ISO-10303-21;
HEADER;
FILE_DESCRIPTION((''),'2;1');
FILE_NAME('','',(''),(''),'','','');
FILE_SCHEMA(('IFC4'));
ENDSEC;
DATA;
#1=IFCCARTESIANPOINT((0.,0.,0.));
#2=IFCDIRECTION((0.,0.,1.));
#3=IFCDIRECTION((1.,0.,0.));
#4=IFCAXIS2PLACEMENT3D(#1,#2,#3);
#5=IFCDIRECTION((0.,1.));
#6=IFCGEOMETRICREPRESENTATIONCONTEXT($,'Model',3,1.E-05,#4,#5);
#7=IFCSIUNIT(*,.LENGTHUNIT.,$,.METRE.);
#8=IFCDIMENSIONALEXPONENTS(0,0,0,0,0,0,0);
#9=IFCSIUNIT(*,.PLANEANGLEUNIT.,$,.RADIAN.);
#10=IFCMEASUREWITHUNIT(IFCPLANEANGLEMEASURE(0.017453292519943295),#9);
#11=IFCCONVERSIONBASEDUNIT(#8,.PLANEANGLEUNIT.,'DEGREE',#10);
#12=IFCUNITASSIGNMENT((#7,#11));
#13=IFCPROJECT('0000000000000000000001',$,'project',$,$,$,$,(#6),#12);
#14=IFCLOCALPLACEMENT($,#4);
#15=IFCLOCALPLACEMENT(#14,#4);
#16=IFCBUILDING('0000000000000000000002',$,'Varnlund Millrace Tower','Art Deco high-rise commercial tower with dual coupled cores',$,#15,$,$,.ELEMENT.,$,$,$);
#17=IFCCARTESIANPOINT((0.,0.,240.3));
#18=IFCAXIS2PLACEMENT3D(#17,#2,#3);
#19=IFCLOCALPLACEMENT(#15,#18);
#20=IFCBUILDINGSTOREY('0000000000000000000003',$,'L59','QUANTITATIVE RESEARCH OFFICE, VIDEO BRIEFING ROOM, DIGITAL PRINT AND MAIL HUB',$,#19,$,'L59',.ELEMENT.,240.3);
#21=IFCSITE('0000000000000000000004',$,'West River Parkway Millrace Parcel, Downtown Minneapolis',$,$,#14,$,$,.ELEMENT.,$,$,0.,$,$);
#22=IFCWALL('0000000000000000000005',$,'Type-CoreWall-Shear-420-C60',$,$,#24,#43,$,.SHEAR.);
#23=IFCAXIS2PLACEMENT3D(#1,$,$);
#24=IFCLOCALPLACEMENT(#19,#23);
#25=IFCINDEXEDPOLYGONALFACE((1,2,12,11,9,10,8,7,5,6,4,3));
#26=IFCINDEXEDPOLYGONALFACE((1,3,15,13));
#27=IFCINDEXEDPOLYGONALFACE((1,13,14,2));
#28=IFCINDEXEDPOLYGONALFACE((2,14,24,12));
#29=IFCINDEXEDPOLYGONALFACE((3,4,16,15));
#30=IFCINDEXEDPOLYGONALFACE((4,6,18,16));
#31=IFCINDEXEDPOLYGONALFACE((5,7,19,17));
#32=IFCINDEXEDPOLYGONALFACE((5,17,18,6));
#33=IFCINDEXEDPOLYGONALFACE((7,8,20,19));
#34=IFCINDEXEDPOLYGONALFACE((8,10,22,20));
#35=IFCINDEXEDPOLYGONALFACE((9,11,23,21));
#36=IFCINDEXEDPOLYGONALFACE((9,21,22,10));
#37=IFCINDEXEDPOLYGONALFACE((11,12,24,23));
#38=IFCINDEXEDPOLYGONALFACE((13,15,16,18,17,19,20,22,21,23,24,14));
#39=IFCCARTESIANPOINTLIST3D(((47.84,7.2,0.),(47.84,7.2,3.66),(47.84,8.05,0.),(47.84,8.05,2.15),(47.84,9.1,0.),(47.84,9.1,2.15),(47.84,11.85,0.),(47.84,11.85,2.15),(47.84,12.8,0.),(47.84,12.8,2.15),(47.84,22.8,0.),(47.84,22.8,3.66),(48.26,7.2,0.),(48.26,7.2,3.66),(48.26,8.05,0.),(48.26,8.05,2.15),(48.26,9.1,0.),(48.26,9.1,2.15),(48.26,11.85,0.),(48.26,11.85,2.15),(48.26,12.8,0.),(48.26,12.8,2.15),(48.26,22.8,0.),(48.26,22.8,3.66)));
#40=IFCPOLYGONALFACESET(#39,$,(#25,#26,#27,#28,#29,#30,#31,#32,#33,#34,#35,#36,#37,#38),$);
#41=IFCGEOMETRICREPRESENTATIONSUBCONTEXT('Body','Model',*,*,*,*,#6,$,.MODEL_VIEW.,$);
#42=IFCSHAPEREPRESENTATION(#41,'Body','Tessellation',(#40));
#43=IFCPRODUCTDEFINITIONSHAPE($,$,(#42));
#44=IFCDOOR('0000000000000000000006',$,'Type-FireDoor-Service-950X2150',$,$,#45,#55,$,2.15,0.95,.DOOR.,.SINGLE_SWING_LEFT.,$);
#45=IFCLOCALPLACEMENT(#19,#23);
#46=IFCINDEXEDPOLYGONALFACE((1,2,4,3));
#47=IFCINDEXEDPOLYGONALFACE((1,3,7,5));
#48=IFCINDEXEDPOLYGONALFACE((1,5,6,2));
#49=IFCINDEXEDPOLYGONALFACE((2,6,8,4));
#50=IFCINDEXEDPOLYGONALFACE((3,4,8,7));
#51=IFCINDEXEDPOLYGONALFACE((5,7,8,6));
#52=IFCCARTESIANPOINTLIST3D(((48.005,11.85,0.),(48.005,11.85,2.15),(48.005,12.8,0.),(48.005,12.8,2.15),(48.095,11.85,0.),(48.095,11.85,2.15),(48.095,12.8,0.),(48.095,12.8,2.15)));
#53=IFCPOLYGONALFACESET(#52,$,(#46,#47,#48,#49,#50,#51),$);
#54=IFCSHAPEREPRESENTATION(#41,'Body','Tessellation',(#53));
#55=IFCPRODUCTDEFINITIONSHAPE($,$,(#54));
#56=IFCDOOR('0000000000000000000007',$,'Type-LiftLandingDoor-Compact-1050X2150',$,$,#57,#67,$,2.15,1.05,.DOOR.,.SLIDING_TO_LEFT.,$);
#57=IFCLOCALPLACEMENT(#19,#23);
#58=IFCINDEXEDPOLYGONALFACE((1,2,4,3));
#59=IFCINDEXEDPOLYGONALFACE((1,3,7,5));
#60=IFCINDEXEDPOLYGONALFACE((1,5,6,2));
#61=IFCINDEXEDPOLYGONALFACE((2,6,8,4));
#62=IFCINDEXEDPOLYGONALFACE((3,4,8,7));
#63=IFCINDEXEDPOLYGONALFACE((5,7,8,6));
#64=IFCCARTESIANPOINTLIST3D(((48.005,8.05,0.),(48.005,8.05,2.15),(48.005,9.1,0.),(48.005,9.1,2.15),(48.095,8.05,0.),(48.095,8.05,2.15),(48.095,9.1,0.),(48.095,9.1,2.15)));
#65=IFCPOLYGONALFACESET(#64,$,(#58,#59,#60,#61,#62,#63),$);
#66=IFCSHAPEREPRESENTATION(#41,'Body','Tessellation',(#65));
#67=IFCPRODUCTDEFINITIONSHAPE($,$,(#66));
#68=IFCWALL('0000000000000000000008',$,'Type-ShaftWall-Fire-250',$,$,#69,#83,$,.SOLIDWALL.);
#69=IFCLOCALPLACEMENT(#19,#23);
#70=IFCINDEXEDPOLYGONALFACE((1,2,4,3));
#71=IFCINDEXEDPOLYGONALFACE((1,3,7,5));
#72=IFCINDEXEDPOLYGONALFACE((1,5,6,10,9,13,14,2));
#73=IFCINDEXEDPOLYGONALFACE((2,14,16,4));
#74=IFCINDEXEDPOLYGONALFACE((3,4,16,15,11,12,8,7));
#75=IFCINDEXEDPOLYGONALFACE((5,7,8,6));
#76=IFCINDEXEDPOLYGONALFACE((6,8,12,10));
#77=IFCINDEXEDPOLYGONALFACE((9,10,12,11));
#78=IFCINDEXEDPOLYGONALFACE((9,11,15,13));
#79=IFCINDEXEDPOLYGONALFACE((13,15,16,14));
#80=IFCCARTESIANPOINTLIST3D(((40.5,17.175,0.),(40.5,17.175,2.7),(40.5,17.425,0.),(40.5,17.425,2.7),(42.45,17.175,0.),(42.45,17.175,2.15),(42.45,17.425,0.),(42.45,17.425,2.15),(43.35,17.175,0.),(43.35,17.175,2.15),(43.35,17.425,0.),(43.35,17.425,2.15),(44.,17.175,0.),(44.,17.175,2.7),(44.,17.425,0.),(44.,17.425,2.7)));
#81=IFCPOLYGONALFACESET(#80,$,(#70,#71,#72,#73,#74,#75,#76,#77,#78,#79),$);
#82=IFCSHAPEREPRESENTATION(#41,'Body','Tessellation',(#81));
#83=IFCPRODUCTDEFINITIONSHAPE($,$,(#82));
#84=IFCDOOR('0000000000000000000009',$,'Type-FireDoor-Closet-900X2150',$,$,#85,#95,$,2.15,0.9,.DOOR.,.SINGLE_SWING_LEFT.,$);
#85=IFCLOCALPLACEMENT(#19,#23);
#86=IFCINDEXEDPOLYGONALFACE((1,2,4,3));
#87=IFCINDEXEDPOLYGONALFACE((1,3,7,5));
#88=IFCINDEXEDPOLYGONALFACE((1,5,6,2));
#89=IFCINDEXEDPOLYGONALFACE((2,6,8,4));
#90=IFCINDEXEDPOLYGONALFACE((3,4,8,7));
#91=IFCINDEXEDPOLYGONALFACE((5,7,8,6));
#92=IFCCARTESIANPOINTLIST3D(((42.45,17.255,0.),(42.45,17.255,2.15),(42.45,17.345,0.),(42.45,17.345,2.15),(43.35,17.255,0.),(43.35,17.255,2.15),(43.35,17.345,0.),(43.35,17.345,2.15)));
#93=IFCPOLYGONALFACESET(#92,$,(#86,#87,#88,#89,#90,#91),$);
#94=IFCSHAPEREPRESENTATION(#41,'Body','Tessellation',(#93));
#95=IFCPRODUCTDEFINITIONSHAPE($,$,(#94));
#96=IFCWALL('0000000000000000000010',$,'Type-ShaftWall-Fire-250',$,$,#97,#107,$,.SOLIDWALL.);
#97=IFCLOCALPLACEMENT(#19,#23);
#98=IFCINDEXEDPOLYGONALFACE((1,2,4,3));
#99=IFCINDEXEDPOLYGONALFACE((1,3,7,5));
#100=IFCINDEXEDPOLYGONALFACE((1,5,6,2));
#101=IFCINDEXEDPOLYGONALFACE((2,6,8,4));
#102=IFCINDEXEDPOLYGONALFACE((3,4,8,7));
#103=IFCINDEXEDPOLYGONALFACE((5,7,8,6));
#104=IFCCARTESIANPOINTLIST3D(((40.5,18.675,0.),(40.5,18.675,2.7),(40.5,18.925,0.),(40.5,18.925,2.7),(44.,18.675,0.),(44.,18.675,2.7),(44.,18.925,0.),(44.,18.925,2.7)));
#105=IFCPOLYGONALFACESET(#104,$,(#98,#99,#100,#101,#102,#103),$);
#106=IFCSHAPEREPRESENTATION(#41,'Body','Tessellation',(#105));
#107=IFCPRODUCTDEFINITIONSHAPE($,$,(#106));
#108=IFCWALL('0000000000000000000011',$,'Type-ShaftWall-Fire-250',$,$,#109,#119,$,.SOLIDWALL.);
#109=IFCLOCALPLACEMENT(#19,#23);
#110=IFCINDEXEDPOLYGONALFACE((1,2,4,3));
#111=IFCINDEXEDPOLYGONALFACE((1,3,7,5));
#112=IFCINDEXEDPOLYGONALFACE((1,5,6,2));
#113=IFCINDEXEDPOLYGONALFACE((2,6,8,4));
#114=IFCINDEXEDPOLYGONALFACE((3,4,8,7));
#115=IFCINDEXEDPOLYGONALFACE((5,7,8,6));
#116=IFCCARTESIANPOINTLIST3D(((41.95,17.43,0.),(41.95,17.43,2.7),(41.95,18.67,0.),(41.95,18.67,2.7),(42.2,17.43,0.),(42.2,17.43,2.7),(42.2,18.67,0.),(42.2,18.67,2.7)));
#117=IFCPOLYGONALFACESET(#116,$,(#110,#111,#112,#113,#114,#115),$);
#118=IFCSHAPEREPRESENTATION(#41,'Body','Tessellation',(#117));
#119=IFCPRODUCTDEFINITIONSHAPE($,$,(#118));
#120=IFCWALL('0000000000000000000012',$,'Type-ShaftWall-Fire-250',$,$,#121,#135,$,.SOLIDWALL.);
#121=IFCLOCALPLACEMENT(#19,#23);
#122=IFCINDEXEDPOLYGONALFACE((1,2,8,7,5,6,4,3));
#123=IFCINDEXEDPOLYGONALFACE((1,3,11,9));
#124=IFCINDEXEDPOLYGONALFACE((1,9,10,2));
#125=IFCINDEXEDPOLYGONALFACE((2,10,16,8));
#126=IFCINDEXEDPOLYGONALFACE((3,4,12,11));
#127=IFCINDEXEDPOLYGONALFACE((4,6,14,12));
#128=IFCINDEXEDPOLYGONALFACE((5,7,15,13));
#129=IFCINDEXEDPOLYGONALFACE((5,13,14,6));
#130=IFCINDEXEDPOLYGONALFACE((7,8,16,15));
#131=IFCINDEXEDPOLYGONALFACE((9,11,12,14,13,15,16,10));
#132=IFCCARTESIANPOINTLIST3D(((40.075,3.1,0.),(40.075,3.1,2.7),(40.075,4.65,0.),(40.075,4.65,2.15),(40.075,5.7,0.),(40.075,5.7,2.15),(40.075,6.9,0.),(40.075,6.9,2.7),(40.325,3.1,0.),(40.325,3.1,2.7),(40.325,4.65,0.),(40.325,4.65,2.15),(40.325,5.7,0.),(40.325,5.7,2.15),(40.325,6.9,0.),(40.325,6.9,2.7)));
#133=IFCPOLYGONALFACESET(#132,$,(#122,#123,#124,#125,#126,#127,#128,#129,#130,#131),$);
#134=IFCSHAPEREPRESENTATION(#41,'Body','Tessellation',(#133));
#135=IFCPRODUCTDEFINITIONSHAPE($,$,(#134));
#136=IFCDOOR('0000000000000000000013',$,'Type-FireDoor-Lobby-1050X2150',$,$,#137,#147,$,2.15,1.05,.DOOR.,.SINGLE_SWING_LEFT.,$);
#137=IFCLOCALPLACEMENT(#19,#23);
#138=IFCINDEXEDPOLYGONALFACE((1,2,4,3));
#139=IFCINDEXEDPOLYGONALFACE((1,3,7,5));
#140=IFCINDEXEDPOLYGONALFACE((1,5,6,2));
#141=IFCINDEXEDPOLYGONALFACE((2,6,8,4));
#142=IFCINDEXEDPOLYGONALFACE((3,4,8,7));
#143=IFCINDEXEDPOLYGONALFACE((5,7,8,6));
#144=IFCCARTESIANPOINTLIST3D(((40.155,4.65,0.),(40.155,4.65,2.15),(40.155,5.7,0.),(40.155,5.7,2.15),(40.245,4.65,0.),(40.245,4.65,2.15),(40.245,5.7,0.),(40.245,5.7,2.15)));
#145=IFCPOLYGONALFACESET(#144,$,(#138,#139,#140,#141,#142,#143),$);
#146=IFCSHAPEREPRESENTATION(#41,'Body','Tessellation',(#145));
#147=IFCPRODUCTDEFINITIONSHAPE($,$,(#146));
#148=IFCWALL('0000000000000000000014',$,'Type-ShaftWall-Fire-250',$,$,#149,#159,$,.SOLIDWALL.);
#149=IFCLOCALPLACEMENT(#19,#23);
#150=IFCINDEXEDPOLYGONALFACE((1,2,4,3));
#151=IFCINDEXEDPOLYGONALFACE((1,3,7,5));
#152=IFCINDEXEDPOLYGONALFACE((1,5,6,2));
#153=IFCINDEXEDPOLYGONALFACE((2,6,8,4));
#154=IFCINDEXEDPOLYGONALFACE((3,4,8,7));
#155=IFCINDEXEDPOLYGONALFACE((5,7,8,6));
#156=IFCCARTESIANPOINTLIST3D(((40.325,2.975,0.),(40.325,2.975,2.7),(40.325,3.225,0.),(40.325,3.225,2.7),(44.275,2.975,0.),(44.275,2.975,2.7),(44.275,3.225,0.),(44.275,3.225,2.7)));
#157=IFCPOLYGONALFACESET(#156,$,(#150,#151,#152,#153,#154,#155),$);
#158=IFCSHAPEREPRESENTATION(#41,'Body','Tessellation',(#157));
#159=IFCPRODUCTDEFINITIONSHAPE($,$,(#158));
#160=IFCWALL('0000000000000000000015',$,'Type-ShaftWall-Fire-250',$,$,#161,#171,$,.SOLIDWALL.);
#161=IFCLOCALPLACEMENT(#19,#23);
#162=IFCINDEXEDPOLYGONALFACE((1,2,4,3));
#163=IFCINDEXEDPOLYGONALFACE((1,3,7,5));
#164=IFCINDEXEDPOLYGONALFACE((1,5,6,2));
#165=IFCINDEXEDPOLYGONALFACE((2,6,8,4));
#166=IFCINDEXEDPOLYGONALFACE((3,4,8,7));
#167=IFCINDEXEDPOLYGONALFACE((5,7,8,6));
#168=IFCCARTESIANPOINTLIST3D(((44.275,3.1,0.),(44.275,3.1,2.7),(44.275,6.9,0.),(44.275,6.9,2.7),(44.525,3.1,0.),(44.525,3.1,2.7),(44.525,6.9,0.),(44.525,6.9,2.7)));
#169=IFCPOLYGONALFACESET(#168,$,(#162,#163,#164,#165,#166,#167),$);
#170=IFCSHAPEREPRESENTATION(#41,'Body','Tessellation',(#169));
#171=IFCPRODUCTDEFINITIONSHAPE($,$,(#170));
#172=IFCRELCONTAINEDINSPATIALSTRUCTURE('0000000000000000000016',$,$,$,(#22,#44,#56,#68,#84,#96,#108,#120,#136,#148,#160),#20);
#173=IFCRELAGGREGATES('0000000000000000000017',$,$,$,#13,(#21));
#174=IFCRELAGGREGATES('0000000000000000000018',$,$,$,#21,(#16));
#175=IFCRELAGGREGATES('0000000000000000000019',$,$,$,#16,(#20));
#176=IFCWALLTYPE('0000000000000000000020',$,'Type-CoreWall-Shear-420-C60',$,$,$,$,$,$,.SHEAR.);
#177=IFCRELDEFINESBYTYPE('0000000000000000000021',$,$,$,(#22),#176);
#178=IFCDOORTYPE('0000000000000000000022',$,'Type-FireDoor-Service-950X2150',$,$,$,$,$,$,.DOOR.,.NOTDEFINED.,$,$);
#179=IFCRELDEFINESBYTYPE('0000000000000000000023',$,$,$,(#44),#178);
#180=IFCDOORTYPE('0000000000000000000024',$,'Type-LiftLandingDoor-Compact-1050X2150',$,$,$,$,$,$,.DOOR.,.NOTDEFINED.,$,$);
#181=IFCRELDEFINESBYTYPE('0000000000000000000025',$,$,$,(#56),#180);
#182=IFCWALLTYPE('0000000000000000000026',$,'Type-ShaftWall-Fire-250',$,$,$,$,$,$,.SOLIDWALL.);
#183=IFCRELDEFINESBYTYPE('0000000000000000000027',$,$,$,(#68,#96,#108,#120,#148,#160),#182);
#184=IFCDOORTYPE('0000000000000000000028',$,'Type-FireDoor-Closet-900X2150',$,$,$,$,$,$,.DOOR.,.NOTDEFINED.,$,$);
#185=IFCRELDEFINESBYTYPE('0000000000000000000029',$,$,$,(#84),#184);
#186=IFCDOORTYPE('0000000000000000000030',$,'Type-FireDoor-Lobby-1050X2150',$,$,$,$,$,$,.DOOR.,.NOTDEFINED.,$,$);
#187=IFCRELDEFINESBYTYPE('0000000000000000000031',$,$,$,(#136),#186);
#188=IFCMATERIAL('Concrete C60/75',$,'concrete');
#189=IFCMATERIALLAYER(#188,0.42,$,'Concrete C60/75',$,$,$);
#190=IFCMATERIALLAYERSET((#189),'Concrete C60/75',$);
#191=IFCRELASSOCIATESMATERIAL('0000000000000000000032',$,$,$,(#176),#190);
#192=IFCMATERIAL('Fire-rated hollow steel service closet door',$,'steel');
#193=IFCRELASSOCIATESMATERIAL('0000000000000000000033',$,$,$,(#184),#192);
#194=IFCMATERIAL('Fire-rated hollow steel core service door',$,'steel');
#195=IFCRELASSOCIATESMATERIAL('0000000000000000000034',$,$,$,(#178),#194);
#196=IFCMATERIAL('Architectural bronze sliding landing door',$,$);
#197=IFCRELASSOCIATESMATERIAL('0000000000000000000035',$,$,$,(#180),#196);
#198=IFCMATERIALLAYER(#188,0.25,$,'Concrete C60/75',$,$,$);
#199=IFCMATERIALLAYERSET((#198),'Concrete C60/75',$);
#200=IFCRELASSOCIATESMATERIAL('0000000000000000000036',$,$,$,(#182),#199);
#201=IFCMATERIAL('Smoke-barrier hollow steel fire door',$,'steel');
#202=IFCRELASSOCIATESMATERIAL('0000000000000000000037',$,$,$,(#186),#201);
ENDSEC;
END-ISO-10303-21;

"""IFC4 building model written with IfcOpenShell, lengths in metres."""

from ifc_helpers import new_model, entity, si_unit, converted_unit, direction, frame, origin_with_axes, origin_2d_with_axis, place, context, subcontext, project, spatial, polyline, rectangle, outline, extrude, material, layer, layer_set, type_object, element, fill, save


model = new_model("IFC4")

# Units and contexts
model_context = context("Model", 3, precision=1e-05, world=origin_with_axes(), true_north=direction((0.0, 1.0)))
body_context = subcontext(model_context, "Body", "Model", "MODEL_VIEW")
ifc_project = project(units=[si_unit("LENGTHUNIT", "METRE"), converted_unit("PLANEANGLEUNIT", "DEGREE", entity("IfcPlaneAngleMeasure", 0.017453292519943295), si_unit("PLANEANGLEUNIT", "RADIAN"), dimensions=[0, 0, 0, 0, 0, 0, 0])], contexts=[model_context])

# Site, building, storey
site_placement = place(None, origin_with_axes())
site = spatial("IfcSite", under=ifc_project, at=site_placement, Name="West River Parkway Millrace Parcel, Downtown Minneapolis", CompositionType="ELEMENT", RefElevation=0.0)
building_placement = place(site_placement, origin_with_axes())
building = spatial("IfcBuilding", under=site, at=building_placement, Name="Varnlund Millrace Tower", Description="Art Deco high-rise commercial tower with dual coupled cores", CompositionType="ELEMENT")
storey_placement = place(building_placement, frame((0.0, 0.0, 240.3), z_axis=(0.0, 0.0, 1.0), x_axis=(1.0, 0.0, 0.0)))
storey = spatial("IfcBuildingStorey", under=building, at=storey_placement, Name="L59", Description="QUANTITATIVE RESEARCH OFFICE, VIDEO BRIEFING ROOM, DIGITAL PRINT AND MAIL HUB", LongName="L59", CompositionType="ELEMENT", Elevation=240.3)

# Shared definitions
ifc_material_1 = material(Name="Concrete C60/75", Category="concrete")
ifc_layer_1 = layer(ifc_material_1, 0.42, Name="Concrete C60/75")
ifc_layer_set_1 = layer_set([ifc_layer_1], Name="Concrete C60/75")
wall_type_1 = type_object("IfcWallType", Name="Type-CoreWall-Shear-420-C60", PredefinedType="SHEAR", material=ifc_layer_set_1)
ifc_material_2 = material(Name="Fire-rated hollow steel service closet door", Category="steel")
door_type_1 = type_object("IfcDoorType", Name="Type-FireDoor-Closet-900X2150", OperationType="NOTDEFINED", PredefinedType="DOOR", material=ifc_material_2)

# Wall, openings, doors
wall_1_placement = place(storey_placement, frame((48.05, 7.2, 0.0), z_axis=(0.0, 0.0, 1.0), x_axis=(0.0, 1.0, 0.0)))
wall_1 = element("IfcWall", 1, at=wall_1_placement, inside=storey, type_object=wall_type_1, Name="Type-CoreWall-Shear-420-C60", PredefinedType="SHEAR", context=body_context, shape_type="SweptSolid", body=[
    extrude(outline(polyline([(0.0, -0.21), (15.6, -0.21), (15.6, 0.21), (0.0, 0.21), (0.0, -0.21)])), origin_with_axes(), (0.0, 0.0, 1.0), 3.66),
])
opening_1_placement = place(wall_1_placement, frame((1.375, 0.0, 0.0), z_axis=(0.0, 0.0, 1.0), x_axis=(1.0, 0.0, 0.0)))
opening_1 = element("IfcOpeningElement", 2, at=opening_1_placement, cuts=wall_1, PredefinedType="OPENING", context=body_context, shape_type="SweptSolid", body=[
    extrude(rectangle(XDim=1.05, YDim=0.44, at=origin_2d_with_axis()), origin_with_axes(), (0.0, 0.0, 1.0), 2.15),
])
opening_2_placement = place(wall_1_placement, frame((5.125, 0.0, 0.0), z_axis=(0.0, 0.0, 1.0), x_axis=(1.0, 0.0, 0.0)))
opening_2 = element("IfcOpeningElement", 3, at=opening_2_placement, cuts=wall_1, PredefinedType="OPENING", context=body_context, shape_type="SweptSolid", body=[
    extrude(rectangle(XDim=0.95, YDim=0.44, at=origin_2d_with_axis()), origin_with_axes(), (0.0, 0.0, 1.0), 2.15),
])
ifc_material_3 = material(Name="Fire-rated hollow steel core service door", Category="steel")
door_type_2 = type_object("IfcDoorType", Name="Type-FireDoor-Service-950X2150", OperationType="NOTDEFINED", PredefinedType="DOOR", material=ifc_material_3)
door_1_placement = place(wall_1_placement, frame((5.125, 0.0, 0.0), z_axis=(0.0, 0.0, 1.0), x_axis=(1.0, 0.0, 0.0)))
door_1 = element("IfcDoor", 4, at=door_1_placement, inside=storey, type_object=door_type_2, Name="Type-FireDoor-Service-950X2150", OperationType="SINGLE_SWING_LEFT", OverallHeight=2.15, OverallWidth=0.95, PredefinedType="DOOR", context=body_context, shape_type="SweptSolid", body=[
    extrude(rectangle(XDim=0.95, YDim=0.09, at=origin_2d_with_axis()), origin_with_axes(), (0.0, 0.0, 1.0), 2.15),
])
fill(opening_2, door_1)
ifc_material_4 = material(Name="Architectural bronze sliding landing door")
door_type_3 = type_object("IfcDoorType", Name="Type-LiftLandingDoor-Compact-1050X2150", OperationType="NOTDEFINED", PredefinedType="DOOR", material=ifc_material_4)
door_2_placement = place(wall_1_placement, frame((1.375, 0.0, 0.0), z_axis=(0.0, 0.0, 1.0), x_axis=(1.0, 0.0, 0.0)))
door_2 = element("IfcDoor", 5, at=door_2_placement, inside=storey, type_object=door_type_3, Name="Type-LiftLandingDoor-Compact-1050X2150", OperationType="SLIDING_TO_LEFT", OverallHeight=2.15, OverallWidth=1.05, PredefinedType="DOOR", context=body_context, shape_type="SweptSolid", body=[
    extrude(rectangle(XDim=1.05, YDim=0.09, at=origin_2d_with_axis()), origin_with_axes(), (0.0, 0.0, 1.0), 2.15),
])
fill(opening_1, door_2)

# Wall, opening, door
ifc_layer_2 = layer(ifc_material_1, 0.25, Name="Concrete C60/75")
ifc_layer_set_2 = layer_set([ifc_layer_2], Name="Concrete C60/75")
wall_type_2 = type_object("IfcWallType", Name="Type-ShaftWall-Fire-250", PredefinedType="SOLIDWALL", material=ifc_layer_set_2)
wall_2_placement = place(storey_placement, frame((40.5, 17.3, 0.0), z_axis=(0.0, 0.0, 1.0), x_axis=(1.0, 0.0, 0.0)))
wall_2 = element("IfcWall", 6, at=wall_2_placement, inside=storey, type_object=wall_type_2, Name="Type-ShaftWall-Fire-250", PredefinedType="SOLIDWALL", context=body_context, shape_type="SweptSolid", body=[
    extrude(outline(polyline([(0.0, -0.125), (3.5, -0.125), (3.5, 0.125), (0.0, 0.125), (0.0, -0.125)])), origin_with_axes(), (0.0, 0.0, 1.0), 2.7),
])
opening_3_placement = place(wall_2_placement, frame((2.4, 0.0, 0.0), z_axis=(0.0, 0.0, 1.0), x_axis=(1.0, 0.0, 0.0)))
opening_3 = element("IfcOpeningElement", 7, at=opening_3_placement, cuts=wall_2, PredefinedType="OPENING", context=body_context, shape_type="SweptSolid", body=[
    extrude(rectangle(XDim=0.9, YDim=0.27, at=origin_2d_with_axis()), origin_with_axes(), (0.0, 0.0, 1.0), 2.15),
])
door_3_placement = place(wall_2_placement, frame((2.4, 0.0, 0.0), z_axis=(0.0, 0.0, 1.0), x_axis=(1.0, 0.0, 0.0)))
door_3 = element("IfcDoor", 8, at=door_3_placement, inside=storey, type_object=door_type_1, Name="Type-FireDoor-Closet-900X2150", OperationType="SINGLE_SWING_LEFT", OverallHeight=2.15, OverallWidth=0.9, PredefinedType="DOOR", context=body_context, shape_type="SweptSolid", body=[
    extrude(rectangle(XDim=0.9, YDim=0.09, at=origin_2d_with_axis()), origin_with_axes(), (0.0, 0.0, 1.0), 2.15),
])
fill(opening_3, door_3)

# Walls
wall_3_placement = place(storey_placement, frame((40.5, 18.8, 0.0), z_axis=(0.0, 0.0, 1.0), x_axis=(1.0, 0.0, 0.0)))
element("IfcWall", 9, at=wall_3_placement, inside=storey, type_object=wall_type_2, Name="Type-ShaftWall-Fire-250", PredefinedType="SOLIDWALL", context=body_context, shape_type="SweptSolid", body=[
    extrude(outline(polyline([(0.0, -0.125), (3.5, -0.125), (3.5, 0.125), (0.0, 0.125), (0.0, -0.125)])), origin_with_axes(), (0.0, 0.0, 1.0), 2.7),
])
wall_4_placement = place(storey_placement, frame((42.075, 17.43, 0.0), z_axis=(0.0, 0.0, 1.0), x_axis=(0.0, 1.0, 0.0)))
element("IfcWall", 10, at=wall_4_placement, inside=storey, type_object=wall_type_2, Name="Type-ShaftWall-Fire-250", PredefinedType="SOLIDWALL", context=body_context, shape_type="SweptSolid", body=[
    extrude(outline(polyline([(0.0, -0.125), (1.24, -0.125), (1.24, 0.125), (0.0, 0.125), (0.0, -0.125)])), origin_with_axes(), (0.0, 0.0, 1.0), 2.7),
])

# Wall, opening, door
wall_5_placement = place(storey_placement, frame((40.2, 3.1, 0.0), z_axis=(0.0, 0.0, 1.0), x_axis=(0.0, 1.0, 0.0)))
wall_5 = element("IfcWall", 11, at=wall_5_placement, inside=storey, type_object=wall_type_2, Name="Type-ShaftWall-Fire-250", PredefinedType="SOLIDWALL", context=body_context, shape_type="SweptSolid", body=[
    extrude(outline(polyline([(0.0, -0.125), (3.8, -0.125), (3.8, 0.125), (0.0, 0.125), (0.0, -0.125)])), origin_with_axes(), (0.0, 0.0, 1.0), 2.7),
])
opening_4_placement = place(wall_5_placement, frame((2.075, 0.0, 0.0), z_axis=(0.0, 0.0, 1.0), x_axis=(1.0, 0.0, 0.0)))
opening_4 = element("IfcOpeningElement", 12, at=opening_4_placement, cuts=wall_5, PredefinedType="OPENING", context=body_context, shape_type="SweptSolid", body=[
    extrude(rectangle(XDim=1.05, YDim=0.27, at=origin_2d_with_axis()), origin_with_axes(), (0.0, 0.0, 1.0), 2.15),
])
ifc_material_5 = material(Name="Smoke-barrier hollow steel fire door", Category="steel")
door_type_4 = type_object("IfcDoorType", Name="Type-FireDoor-Lobby-1050X2150", OperationType="NOTDEFINED", PredefinedType="DOOR", material=ifc_material_5)
door_4_placement = place(wall_5_placement, frame((2.075, 0.0, 0.0), z_axis=(0.0, 0.0, 1.0), x_axis=(1.0, 0.0, 0.0)))
door_4 = element("IfcDoor", 13, at=door_4_placement, inside=storey, type_object=door_type_4, Name="Type-FireDoor-Lobby-1050X2150", OperationType="SINGLE_SWING_LEFT", OverallHeight=2.15, OverallWidth=1.05, PredefinedType="DOOR", context=body_context, shape_type="SweptSolid", body=[
    extrude(rectangle(XDim=1.05, YDim=0.09, at=origin_2d_with_axis()), origin_with_axes(), (0.0, 0.0, 1.0), 2.15),
])
fill(opening_4, door_4)

# Walls
wall_6_placement = place(storey_placement, frame((40.325, 3.1, 0.0), z_axis=(0.0, 0.0, 1.0), x_axis=(1.0, 0.0, 0.0)))
element("IfcWall", 14, at=wall_6_placement, inside=storey, type_object=wall_type_2, Name="Type-ShaftWall-Fire-250", PredefinedType="SOLIDWALL", context=body_context, shape_type="SweptSolid", body=[
    extrude(outline(polyline([(0.0, -0.125), (3.95, -0.125), (3.95, 0.125), (0.0, 0.125), (0.0, -0.125)])), origin_with_axes(), (0.0, 0.0, 1.0), 2.7),
])
wall_7_placement = place(storey_placement, frame((44.4, 3.1, 0.0), z_axis=(0.0, 0.0, 1.0), x_axis=(0.0, 1.0, 0.0)))
element("IfcWall", 15, at=wall_7_placement, inside=storey, type_object=wall_type_2, Name="Type-ShaftWall-Fire-250", PredefinedType="SOLIDWALL", context=body_context, shape_type="SweptSolid", body=[
    extrude(outline(polyline([(0.0, -0.125), (3.8, -0.125), (3.8, 0.125), (0.0, 0.125), (0.0, -0.125)])), origin_with_axes(), (0.0, 0.0, 1.0), 2.7),
])

save(model, "model.ifc")
